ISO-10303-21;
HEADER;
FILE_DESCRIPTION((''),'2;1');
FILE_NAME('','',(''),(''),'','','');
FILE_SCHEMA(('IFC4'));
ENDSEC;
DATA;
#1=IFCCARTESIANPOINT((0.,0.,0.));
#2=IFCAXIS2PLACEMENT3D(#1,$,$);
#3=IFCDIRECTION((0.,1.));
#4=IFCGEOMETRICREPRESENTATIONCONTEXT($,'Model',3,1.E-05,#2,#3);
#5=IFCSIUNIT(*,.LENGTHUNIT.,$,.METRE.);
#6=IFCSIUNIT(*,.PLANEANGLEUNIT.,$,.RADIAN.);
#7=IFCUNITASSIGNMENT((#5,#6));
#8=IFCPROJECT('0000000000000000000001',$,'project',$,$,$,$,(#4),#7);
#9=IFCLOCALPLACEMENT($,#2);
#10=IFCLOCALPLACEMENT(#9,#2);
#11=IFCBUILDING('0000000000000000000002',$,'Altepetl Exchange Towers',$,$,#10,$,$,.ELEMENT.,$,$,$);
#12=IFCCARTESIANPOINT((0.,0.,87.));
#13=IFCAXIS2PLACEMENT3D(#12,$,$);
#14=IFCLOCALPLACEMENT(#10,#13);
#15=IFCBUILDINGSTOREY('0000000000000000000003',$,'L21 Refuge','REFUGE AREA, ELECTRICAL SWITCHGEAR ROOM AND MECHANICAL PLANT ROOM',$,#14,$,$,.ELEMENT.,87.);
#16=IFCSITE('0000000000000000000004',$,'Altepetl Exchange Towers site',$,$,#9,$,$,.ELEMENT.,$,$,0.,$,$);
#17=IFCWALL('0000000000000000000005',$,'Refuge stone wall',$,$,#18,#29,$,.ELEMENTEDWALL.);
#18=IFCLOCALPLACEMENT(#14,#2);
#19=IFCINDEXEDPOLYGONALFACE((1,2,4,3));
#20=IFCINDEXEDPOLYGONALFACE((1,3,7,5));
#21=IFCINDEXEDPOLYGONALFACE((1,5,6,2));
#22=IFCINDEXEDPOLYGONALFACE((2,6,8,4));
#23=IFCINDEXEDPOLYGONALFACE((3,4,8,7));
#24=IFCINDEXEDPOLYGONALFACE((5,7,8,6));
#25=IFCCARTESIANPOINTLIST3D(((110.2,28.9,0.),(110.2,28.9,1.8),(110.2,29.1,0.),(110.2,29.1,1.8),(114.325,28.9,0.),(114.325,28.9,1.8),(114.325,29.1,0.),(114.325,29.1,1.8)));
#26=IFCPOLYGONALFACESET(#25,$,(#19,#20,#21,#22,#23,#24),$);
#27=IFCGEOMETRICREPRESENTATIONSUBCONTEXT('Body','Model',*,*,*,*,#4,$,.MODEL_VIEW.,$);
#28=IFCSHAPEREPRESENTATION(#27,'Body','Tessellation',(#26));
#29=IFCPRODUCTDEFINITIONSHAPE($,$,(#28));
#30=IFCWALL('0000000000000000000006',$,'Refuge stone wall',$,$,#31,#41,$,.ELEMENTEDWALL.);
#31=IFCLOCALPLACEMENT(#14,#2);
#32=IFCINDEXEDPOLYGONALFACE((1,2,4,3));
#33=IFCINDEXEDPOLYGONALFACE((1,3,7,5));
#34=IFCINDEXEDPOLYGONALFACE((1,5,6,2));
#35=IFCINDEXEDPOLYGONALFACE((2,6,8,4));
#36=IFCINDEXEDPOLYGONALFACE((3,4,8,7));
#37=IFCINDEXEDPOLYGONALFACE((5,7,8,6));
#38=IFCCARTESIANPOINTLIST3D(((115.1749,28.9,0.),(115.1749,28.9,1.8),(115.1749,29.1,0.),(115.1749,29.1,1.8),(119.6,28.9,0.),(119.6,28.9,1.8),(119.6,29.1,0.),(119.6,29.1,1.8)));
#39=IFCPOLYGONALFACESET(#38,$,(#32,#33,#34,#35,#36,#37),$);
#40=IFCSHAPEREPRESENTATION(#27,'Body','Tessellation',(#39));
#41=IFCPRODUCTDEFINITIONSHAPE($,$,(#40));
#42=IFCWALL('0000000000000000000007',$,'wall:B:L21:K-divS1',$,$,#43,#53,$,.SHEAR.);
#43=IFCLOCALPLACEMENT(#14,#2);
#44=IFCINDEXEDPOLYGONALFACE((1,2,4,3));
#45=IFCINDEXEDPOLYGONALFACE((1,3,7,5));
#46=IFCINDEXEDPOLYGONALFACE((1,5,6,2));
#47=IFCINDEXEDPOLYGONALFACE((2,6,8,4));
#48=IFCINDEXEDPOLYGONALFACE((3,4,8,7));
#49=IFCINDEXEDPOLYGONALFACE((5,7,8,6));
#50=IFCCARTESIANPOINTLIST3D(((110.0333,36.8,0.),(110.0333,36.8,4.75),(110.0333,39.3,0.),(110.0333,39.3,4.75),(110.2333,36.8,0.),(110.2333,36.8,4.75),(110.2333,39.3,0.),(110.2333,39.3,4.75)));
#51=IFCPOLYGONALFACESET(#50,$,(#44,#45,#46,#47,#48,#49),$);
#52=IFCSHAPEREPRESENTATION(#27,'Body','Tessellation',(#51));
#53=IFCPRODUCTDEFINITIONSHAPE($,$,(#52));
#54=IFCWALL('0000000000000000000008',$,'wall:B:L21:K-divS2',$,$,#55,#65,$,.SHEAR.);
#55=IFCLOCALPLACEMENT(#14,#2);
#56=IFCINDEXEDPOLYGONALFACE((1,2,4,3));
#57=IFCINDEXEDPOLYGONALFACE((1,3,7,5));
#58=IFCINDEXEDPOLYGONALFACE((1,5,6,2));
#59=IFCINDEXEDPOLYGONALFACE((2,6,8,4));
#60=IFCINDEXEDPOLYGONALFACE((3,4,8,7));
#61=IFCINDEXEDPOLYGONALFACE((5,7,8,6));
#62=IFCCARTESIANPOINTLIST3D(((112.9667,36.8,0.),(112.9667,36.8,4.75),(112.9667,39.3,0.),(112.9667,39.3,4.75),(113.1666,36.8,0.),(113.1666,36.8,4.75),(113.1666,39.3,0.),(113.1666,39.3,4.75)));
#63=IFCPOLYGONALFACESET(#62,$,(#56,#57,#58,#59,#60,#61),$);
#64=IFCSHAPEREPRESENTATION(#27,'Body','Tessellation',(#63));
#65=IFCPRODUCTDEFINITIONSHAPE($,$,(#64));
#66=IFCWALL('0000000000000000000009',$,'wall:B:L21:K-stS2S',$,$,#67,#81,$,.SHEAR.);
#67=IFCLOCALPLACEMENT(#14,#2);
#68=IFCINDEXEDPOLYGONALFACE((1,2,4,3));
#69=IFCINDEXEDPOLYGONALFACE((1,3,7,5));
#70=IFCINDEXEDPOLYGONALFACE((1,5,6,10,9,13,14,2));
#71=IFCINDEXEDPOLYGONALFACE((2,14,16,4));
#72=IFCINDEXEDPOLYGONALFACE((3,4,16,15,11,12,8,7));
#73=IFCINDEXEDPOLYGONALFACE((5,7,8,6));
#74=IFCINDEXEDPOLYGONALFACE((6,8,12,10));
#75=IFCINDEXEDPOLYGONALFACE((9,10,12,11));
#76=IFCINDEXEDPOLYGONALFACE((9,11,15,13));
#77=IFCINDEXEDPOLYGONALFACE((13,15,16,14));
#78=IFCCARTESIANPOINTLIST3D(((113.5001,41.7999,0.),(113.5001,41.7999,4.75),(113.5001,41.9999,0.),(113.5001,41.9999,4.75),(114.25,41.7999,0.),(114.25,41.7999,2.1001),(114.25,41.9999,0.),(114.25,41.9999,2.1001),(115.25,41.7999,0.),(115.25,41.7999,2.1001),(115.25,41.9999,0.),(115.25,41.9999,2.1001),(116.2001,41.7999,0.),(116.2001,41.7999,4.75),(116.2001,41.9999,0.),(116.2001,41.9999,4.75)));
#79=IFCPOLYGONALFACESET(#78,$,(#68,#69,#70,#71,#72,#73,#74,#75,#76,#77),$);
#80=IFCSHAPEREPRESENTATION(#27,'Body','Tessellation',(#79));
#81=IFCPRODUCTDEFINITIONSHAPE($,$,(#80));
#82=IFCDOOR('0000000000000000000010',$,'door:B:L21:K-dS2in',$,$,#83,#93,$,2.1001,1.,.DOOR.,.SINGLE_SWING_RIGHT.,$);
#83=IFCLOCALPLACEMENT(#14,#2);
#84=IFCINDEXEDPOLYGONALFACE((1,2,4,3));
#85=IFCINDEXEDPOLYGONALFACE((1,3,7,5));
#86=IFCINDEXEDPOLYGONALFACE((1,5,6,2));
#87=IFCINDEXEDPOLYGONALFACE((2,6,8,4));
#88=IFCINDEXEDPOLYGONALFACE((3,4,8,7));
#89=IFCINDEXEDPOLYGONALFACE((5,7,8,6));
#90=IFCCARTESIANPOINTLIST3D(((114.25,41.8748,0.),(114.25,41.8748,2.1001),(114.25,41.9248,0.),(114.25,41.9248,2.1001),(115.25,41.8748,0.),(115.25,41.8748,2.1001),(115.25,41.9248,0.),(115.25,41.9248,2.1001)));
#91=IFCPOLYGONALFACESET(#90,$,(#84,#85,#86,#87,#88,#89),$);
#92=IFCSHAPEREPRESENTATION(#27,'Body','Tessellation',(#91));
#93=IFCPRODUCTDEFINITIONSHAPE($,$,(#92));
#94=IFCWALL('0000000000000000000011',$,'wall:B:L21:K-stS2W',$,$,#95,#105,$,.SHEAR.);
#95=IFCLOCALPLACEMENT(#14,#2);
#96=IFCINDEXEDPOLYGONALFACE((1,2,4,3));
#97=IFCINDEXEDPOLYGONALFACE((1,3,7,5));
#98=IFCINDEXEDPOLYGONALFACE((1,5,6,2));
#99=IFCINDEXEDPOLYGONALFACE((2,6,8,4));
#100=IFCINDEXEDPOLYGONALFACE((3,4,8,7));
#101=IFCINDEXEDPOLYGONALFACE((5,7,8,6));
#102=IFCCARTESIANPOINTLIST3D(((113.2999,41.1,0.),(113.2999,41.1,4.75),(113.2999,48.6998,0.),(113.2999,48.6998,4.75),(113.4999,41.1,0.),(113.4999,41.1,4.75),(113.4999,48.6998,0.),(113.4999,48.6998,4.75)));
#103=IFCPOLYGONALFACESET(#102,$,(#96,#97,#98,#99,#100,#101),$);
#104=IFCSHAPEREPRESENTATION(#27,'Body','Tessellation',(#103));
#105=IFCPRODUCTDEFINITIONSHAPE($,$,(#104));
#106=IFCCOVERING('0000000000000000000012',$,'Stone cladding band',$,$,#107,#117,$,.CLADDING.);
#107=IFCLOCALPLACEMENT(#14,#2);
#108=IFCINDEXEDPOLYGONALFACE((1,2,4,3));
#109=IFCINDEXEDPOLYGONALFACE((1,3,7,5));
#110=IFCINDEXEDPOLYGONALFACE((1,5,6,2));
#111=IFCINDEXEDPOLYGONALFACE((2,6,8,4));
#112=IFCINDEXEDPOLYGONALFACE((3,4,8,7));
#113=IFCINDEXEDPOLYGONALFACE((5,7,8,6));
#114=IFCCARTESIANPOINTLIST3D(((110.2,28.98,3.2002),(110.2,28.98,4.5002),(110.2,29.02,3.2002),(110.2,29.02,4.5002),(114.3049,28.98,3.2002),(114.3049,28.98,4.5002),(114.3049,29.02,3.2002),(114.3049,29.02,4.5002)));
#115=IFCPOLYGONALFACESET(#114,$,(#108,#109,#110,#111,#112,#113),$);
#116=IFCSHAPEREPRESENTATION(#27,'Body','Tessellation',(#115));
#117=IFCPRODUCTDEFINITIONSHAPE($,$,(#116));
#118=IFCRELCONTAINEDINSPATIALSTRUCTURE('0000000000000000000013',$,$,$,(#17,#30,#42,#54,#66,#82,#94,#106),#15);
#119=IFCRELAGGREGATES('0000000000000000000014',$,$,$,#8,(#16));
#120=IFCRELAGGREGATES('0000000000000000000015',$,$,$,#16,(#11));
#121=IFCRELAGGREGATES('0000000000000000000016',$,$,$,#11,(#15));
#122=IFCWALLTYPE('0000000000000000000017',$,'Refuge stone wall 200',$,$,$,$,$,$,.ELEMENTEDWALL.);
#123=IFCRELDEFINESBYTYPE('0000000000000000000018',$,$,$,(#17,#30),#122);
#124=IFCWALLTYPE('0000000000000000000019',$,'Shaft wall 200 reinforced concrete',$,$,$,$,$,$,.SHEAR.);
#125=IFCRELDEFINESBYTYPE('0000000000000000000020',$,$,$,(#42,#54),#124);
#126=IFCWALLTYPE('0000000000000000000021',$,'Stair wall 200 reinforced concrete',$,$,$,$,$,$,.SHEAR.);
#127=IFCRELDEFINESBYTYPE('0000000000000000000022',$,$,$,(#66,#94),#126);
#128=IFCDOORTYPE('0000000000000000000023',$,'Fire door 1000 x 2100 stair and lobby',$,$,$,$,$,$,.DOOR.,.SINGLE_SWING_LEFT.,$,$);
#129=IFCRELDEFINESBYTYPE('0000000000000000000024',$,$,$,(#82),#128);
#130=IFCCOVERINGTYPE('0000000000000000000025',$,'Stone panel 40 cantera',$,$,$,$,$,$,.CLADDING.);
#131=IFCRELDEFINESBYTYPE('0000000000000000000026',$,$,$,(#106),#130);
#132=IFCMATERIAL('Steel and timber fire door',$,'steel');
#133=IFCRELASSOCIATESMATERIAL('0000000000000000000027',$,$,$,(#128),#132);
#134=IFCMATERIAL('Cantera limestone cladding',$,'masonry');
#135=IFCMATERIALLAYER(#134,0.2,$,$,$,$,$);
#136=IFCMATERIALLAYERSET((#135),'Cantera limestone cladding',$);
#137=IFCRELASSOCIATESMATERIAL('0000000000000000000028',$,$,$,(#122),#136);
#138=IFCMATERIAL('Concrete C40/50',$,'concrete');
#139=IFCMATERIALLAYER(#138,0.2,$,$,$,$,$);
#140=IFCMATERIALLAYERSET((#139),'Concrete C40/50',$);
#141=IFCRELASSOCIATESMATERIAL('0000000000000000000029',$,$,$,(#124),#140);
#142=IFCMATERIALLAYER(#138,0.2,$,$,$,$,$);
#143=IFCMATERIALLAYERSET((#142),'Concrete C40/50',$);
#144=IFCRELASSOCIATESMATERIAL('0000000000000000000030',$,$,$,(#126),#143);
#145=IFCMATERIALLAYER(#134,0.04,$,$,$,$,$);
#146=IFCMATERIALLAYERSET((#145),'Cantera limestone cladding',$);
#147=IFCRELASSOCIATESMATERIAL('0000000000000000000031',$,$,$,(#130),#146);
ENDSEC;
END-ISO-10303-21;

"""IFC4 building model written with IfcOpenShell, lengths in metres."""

from ifc_helpers import new_model, si_unit, direction, frame, frame_2d, origin, origin_2d, place, context, subcontext, project, spatial, rectangle, extrude, material, layer, layer_set, type_object, element, fill, save


model = new_model("IFC4")

# Units and contexts
model_context = context("Model", 3, precision=1e-05, world=origin(), true_north=direction((0.0, 1.0)))
body_context = subcontext(model_context, "Body", "Model", "MODEL_VIEW")
ifc_project = project(units=[si_unit("LENGTHUNIT", "METRE"), si_unit("PLANEANGLEUNIT", "RADIAN")], contexts=[model_context])

# Site, building, storey
site_placement = place(None, origin())
site = spatial("IfcSite", under=ifc_project, at=site_placement, Name="Altepetl Exchange Towers site", CompositionType="ELEMENT", RefElevation=0.0)
building_placement = place(site_placement, origin())
building = spatial("IfcBuilding", under=site, at=building_placement, Name="Altepetl Exchange Towers", CompositionType="ELEMENT")
storey_placement = place(building_placement, frame((0.0, 0.0, 87.0)))
storey = spatial("IfcBuildingStorey", under=building, at=storey_placement, Name="L21 Refuge", Description="REFUGE AREA, ELECTRICAL SWITCHGEAR ROOM AND MECHANICAL PLANT ROOM", CompositionType="ELEMENT", Elevation=87.0)

# Shared definitions
ifc_material_1 = material(Name="Steel and timber fire door", Category="steel")
door_type_1 = type_object("IfcDoorType", Name="Fire door 1000 x 2100 stair and lobby", OperationType="SINGLE_SWING_LEFT", PredefinedType="DOOR", material=ifc_material_1)

# Walls
ifc_material_2 = material(Name="Cantera limestone cladding", Category="masonry")
ifc_layer_1 = layer(ifc_material_2, 0.2)
ifc_layer_set_1 = layer_set([ifc_layer_1], Name="Cantera limestone cladding")
wall_type_1 = type_object("IfcWallType", Name="Refuge stone wall 200", PredefinedType="ELEMENTEDWALL", material=ifc_layer_set_1)
wall_1_placement = place(storey_placement, frame((110.2, 29.0, 0.0)))
element("IfcWall", 1, at=wall_1_placement, inside=storey, type_object=wall_type_1, Name="Refuge stone wall", PredefinedType="ELEMENTEDWALL", context=body_context, shape_type="SweptSolid", body=[
    extrude(rectangle(XDim=4.125, YDim=0.2, at=frame_2d((2.0625, 0.0))), origin(), (0.0, 0.0, 1.0), 1.8),
])
wall_2_placement = place(storey_placement, frame((115.175, 29.0, 0.0)))
element("IfcWall", 2, at=wall_2_placement, inside=storey, type_object=wall_type_1, Name="Refuge stone wall", PredefinedType="ELEMENTEDWALL", context=body_context, shape_type="SweptSolid", body=[
    extrude(rectangle(XDim=4.425, YDim=0.2, at=frame_2d((2.2124, 0.0))), origin(), (0.0, 0.0, 1.0), 1.8),
])
ifc_material_3 = material(Name="Concrete C40/50", Category="concrete")
ifc_layer_2 = layer(ifc_material_3, 0.2)
ifc_layer_set_2 = layer_set([ifc_layer_2], Name="Concrete C40/50")
wall_type_2 = type_object("IfcWallType", Name="Shaft wall 200 reinforced concrete", PredefinedType="SHEAR", material=ifc_layer_set_2)
for number, where, z_axis, x_axis, name in (
    (3, (110.1333, 36.8, 0.0), (0.0, 0.0, 1.0), (0.0, 1.0, 0.0), "wall:B:L21:K-divS1"),
    (4, (113.0667, 36.8, 0.0), (0.0, 0.0, 1.0), (0.0, 1.0, 0.0), "wall:B:L21:K-divS2"),
):
    element("IfcWall", number, at=place(storey_placement, frame(where, z_axis=z_axis, x_axis=x_axis)), inside=storey, type_object=wall_type_2, Name=name, PredefinedType="SHEAR", context=body_context, shape_type="SweptSolid", body=[
        extrude(rectangle(XDim=2.5, YDim=0.2, at=frame_2d((1.25, 0.0))), origin(), (0.0, 0.0, 1.0), 4.75),
    ])

# Wall, opening, door
ifc_layer_3 = layer(ifc_material_3, 0.2)
ifc_layer_set_3 = layer_set([ifc_layer_3], Name="Concrete C40/50")
wall_type_3 = type_object("IfcWallType", Name="Stair wall 200 reinforced concrete", PredefinedType="SHEAR", material=ifc_layer_set_3)
wall_3_placement = place(storey_placement, frame((113.5, 41.8999, 0.0)))
wall_3 = element("IfcWall", 5, at=wall_3_placement, inside=storey, type_object=wall_type_3, Name="wall:B:L21:K-stS2S", PredefinedType="SHEAR", context=body_context, shape_type="SweptSolid", body=[
    extrude(rectangle(XDim=2.7, YDim=0.2, at=frame_2d((1.3501, 0.0))), origin(), (0.0, 0.0, 1.0), 4.75),
])
opening_1_placement = place(wall_3_placement, frame((0.75, 0.0, 0.0)))
opening_1 = element("IfcOpeningElement", 6, at=opening_1_placement, cuts=wall_3, PredefinedType="OPENING", context=body_context, shape_type="SweptSolid", body=[
    extrude(rectangle(XDim=1.0, YDim=2.1001, at=frame_2d((0.5, 1.05))), frame((0.0, 0.1099, 0.0), z_axis=(0.0, -1.0, 0.0), x_axis=(1.0, 0.0, 0.0)), (0.0, 0.0, 1.0), 0.22),
])
door_1_placement = place(opening_1_placement, origin())
door_1 = element("IfcDoor", 7, at=door_1_placement, inside=storey, type_object=door_type_1, Name="door:B:L21:K-dS2in", OperationType="SINGLE_SWING_RIGHT", OverallHeight=2.1001, OverallWidth=1.0, PredefinedType="DOOR", context=body_context, shape_type="SweptSolid", body=[
    extrude(rectangle(XDim=1.0, YDim=2.1001, at=frame_2d((0.5, 1.05))), frame((0.0, 0.0249, 0.0), z_axis=(0.0, -1.0, 0.0), x_axis=(1.0, 0.0, 0.0)), (0.0, 0.0, 1.0), 0.05),
])
fill(opening_1, door_1)

# Wall
wall_4_placement = place(storey_placement, frame((113.3999, 41.1001, 0.0), z_axis=(0.0, 0.0, 1.0), x_axis=(0.0, 1.0, 0.0)))
element("IfcWall", 8, at=wall_4_placement, inside=storey, type_object=wall_type_3, Name="wall:B:L21:K-stS2W", PredefinedType="SHEAR", context=body_context, shape_type="SweptSolid", body=[
    extrude(rectangle(XDim=7.5999, YDim=0.2, at=frame_2d((3.7998, 0.0))), origin(), (0.0, 0.0, 1.0), 4.75),
])

# Covering
ifc_layer_4 = layer(ifc_material_2, 0.04)
ifc_layer_set_4 = layer_set([ifc_layer_4], Name="Cantera limestone cladding")
covering_type = type_object("IfcCoveringType", Name="Stone panel 40 cantera", PredefinedType="CLADDING", material=ifc_layer_set_4)
covering_placement = place(storey_placement, frame((112.2524, 29.0, 3.2002)))
element("IfcCovering", 9, at=covering_placement, inside=storey, type_object=covering_type, Name="Stone cladding band", PredefinedType="CLADDING", context=body_context, shape_type="SweptSolid", body=[
    extrude(rectangle(XDim=4.105, YDim=0.04, at=origin_2d()), origin(), (0.0, 0.0, 1.0), 1.3),
])

save(model, "model.ifc")
